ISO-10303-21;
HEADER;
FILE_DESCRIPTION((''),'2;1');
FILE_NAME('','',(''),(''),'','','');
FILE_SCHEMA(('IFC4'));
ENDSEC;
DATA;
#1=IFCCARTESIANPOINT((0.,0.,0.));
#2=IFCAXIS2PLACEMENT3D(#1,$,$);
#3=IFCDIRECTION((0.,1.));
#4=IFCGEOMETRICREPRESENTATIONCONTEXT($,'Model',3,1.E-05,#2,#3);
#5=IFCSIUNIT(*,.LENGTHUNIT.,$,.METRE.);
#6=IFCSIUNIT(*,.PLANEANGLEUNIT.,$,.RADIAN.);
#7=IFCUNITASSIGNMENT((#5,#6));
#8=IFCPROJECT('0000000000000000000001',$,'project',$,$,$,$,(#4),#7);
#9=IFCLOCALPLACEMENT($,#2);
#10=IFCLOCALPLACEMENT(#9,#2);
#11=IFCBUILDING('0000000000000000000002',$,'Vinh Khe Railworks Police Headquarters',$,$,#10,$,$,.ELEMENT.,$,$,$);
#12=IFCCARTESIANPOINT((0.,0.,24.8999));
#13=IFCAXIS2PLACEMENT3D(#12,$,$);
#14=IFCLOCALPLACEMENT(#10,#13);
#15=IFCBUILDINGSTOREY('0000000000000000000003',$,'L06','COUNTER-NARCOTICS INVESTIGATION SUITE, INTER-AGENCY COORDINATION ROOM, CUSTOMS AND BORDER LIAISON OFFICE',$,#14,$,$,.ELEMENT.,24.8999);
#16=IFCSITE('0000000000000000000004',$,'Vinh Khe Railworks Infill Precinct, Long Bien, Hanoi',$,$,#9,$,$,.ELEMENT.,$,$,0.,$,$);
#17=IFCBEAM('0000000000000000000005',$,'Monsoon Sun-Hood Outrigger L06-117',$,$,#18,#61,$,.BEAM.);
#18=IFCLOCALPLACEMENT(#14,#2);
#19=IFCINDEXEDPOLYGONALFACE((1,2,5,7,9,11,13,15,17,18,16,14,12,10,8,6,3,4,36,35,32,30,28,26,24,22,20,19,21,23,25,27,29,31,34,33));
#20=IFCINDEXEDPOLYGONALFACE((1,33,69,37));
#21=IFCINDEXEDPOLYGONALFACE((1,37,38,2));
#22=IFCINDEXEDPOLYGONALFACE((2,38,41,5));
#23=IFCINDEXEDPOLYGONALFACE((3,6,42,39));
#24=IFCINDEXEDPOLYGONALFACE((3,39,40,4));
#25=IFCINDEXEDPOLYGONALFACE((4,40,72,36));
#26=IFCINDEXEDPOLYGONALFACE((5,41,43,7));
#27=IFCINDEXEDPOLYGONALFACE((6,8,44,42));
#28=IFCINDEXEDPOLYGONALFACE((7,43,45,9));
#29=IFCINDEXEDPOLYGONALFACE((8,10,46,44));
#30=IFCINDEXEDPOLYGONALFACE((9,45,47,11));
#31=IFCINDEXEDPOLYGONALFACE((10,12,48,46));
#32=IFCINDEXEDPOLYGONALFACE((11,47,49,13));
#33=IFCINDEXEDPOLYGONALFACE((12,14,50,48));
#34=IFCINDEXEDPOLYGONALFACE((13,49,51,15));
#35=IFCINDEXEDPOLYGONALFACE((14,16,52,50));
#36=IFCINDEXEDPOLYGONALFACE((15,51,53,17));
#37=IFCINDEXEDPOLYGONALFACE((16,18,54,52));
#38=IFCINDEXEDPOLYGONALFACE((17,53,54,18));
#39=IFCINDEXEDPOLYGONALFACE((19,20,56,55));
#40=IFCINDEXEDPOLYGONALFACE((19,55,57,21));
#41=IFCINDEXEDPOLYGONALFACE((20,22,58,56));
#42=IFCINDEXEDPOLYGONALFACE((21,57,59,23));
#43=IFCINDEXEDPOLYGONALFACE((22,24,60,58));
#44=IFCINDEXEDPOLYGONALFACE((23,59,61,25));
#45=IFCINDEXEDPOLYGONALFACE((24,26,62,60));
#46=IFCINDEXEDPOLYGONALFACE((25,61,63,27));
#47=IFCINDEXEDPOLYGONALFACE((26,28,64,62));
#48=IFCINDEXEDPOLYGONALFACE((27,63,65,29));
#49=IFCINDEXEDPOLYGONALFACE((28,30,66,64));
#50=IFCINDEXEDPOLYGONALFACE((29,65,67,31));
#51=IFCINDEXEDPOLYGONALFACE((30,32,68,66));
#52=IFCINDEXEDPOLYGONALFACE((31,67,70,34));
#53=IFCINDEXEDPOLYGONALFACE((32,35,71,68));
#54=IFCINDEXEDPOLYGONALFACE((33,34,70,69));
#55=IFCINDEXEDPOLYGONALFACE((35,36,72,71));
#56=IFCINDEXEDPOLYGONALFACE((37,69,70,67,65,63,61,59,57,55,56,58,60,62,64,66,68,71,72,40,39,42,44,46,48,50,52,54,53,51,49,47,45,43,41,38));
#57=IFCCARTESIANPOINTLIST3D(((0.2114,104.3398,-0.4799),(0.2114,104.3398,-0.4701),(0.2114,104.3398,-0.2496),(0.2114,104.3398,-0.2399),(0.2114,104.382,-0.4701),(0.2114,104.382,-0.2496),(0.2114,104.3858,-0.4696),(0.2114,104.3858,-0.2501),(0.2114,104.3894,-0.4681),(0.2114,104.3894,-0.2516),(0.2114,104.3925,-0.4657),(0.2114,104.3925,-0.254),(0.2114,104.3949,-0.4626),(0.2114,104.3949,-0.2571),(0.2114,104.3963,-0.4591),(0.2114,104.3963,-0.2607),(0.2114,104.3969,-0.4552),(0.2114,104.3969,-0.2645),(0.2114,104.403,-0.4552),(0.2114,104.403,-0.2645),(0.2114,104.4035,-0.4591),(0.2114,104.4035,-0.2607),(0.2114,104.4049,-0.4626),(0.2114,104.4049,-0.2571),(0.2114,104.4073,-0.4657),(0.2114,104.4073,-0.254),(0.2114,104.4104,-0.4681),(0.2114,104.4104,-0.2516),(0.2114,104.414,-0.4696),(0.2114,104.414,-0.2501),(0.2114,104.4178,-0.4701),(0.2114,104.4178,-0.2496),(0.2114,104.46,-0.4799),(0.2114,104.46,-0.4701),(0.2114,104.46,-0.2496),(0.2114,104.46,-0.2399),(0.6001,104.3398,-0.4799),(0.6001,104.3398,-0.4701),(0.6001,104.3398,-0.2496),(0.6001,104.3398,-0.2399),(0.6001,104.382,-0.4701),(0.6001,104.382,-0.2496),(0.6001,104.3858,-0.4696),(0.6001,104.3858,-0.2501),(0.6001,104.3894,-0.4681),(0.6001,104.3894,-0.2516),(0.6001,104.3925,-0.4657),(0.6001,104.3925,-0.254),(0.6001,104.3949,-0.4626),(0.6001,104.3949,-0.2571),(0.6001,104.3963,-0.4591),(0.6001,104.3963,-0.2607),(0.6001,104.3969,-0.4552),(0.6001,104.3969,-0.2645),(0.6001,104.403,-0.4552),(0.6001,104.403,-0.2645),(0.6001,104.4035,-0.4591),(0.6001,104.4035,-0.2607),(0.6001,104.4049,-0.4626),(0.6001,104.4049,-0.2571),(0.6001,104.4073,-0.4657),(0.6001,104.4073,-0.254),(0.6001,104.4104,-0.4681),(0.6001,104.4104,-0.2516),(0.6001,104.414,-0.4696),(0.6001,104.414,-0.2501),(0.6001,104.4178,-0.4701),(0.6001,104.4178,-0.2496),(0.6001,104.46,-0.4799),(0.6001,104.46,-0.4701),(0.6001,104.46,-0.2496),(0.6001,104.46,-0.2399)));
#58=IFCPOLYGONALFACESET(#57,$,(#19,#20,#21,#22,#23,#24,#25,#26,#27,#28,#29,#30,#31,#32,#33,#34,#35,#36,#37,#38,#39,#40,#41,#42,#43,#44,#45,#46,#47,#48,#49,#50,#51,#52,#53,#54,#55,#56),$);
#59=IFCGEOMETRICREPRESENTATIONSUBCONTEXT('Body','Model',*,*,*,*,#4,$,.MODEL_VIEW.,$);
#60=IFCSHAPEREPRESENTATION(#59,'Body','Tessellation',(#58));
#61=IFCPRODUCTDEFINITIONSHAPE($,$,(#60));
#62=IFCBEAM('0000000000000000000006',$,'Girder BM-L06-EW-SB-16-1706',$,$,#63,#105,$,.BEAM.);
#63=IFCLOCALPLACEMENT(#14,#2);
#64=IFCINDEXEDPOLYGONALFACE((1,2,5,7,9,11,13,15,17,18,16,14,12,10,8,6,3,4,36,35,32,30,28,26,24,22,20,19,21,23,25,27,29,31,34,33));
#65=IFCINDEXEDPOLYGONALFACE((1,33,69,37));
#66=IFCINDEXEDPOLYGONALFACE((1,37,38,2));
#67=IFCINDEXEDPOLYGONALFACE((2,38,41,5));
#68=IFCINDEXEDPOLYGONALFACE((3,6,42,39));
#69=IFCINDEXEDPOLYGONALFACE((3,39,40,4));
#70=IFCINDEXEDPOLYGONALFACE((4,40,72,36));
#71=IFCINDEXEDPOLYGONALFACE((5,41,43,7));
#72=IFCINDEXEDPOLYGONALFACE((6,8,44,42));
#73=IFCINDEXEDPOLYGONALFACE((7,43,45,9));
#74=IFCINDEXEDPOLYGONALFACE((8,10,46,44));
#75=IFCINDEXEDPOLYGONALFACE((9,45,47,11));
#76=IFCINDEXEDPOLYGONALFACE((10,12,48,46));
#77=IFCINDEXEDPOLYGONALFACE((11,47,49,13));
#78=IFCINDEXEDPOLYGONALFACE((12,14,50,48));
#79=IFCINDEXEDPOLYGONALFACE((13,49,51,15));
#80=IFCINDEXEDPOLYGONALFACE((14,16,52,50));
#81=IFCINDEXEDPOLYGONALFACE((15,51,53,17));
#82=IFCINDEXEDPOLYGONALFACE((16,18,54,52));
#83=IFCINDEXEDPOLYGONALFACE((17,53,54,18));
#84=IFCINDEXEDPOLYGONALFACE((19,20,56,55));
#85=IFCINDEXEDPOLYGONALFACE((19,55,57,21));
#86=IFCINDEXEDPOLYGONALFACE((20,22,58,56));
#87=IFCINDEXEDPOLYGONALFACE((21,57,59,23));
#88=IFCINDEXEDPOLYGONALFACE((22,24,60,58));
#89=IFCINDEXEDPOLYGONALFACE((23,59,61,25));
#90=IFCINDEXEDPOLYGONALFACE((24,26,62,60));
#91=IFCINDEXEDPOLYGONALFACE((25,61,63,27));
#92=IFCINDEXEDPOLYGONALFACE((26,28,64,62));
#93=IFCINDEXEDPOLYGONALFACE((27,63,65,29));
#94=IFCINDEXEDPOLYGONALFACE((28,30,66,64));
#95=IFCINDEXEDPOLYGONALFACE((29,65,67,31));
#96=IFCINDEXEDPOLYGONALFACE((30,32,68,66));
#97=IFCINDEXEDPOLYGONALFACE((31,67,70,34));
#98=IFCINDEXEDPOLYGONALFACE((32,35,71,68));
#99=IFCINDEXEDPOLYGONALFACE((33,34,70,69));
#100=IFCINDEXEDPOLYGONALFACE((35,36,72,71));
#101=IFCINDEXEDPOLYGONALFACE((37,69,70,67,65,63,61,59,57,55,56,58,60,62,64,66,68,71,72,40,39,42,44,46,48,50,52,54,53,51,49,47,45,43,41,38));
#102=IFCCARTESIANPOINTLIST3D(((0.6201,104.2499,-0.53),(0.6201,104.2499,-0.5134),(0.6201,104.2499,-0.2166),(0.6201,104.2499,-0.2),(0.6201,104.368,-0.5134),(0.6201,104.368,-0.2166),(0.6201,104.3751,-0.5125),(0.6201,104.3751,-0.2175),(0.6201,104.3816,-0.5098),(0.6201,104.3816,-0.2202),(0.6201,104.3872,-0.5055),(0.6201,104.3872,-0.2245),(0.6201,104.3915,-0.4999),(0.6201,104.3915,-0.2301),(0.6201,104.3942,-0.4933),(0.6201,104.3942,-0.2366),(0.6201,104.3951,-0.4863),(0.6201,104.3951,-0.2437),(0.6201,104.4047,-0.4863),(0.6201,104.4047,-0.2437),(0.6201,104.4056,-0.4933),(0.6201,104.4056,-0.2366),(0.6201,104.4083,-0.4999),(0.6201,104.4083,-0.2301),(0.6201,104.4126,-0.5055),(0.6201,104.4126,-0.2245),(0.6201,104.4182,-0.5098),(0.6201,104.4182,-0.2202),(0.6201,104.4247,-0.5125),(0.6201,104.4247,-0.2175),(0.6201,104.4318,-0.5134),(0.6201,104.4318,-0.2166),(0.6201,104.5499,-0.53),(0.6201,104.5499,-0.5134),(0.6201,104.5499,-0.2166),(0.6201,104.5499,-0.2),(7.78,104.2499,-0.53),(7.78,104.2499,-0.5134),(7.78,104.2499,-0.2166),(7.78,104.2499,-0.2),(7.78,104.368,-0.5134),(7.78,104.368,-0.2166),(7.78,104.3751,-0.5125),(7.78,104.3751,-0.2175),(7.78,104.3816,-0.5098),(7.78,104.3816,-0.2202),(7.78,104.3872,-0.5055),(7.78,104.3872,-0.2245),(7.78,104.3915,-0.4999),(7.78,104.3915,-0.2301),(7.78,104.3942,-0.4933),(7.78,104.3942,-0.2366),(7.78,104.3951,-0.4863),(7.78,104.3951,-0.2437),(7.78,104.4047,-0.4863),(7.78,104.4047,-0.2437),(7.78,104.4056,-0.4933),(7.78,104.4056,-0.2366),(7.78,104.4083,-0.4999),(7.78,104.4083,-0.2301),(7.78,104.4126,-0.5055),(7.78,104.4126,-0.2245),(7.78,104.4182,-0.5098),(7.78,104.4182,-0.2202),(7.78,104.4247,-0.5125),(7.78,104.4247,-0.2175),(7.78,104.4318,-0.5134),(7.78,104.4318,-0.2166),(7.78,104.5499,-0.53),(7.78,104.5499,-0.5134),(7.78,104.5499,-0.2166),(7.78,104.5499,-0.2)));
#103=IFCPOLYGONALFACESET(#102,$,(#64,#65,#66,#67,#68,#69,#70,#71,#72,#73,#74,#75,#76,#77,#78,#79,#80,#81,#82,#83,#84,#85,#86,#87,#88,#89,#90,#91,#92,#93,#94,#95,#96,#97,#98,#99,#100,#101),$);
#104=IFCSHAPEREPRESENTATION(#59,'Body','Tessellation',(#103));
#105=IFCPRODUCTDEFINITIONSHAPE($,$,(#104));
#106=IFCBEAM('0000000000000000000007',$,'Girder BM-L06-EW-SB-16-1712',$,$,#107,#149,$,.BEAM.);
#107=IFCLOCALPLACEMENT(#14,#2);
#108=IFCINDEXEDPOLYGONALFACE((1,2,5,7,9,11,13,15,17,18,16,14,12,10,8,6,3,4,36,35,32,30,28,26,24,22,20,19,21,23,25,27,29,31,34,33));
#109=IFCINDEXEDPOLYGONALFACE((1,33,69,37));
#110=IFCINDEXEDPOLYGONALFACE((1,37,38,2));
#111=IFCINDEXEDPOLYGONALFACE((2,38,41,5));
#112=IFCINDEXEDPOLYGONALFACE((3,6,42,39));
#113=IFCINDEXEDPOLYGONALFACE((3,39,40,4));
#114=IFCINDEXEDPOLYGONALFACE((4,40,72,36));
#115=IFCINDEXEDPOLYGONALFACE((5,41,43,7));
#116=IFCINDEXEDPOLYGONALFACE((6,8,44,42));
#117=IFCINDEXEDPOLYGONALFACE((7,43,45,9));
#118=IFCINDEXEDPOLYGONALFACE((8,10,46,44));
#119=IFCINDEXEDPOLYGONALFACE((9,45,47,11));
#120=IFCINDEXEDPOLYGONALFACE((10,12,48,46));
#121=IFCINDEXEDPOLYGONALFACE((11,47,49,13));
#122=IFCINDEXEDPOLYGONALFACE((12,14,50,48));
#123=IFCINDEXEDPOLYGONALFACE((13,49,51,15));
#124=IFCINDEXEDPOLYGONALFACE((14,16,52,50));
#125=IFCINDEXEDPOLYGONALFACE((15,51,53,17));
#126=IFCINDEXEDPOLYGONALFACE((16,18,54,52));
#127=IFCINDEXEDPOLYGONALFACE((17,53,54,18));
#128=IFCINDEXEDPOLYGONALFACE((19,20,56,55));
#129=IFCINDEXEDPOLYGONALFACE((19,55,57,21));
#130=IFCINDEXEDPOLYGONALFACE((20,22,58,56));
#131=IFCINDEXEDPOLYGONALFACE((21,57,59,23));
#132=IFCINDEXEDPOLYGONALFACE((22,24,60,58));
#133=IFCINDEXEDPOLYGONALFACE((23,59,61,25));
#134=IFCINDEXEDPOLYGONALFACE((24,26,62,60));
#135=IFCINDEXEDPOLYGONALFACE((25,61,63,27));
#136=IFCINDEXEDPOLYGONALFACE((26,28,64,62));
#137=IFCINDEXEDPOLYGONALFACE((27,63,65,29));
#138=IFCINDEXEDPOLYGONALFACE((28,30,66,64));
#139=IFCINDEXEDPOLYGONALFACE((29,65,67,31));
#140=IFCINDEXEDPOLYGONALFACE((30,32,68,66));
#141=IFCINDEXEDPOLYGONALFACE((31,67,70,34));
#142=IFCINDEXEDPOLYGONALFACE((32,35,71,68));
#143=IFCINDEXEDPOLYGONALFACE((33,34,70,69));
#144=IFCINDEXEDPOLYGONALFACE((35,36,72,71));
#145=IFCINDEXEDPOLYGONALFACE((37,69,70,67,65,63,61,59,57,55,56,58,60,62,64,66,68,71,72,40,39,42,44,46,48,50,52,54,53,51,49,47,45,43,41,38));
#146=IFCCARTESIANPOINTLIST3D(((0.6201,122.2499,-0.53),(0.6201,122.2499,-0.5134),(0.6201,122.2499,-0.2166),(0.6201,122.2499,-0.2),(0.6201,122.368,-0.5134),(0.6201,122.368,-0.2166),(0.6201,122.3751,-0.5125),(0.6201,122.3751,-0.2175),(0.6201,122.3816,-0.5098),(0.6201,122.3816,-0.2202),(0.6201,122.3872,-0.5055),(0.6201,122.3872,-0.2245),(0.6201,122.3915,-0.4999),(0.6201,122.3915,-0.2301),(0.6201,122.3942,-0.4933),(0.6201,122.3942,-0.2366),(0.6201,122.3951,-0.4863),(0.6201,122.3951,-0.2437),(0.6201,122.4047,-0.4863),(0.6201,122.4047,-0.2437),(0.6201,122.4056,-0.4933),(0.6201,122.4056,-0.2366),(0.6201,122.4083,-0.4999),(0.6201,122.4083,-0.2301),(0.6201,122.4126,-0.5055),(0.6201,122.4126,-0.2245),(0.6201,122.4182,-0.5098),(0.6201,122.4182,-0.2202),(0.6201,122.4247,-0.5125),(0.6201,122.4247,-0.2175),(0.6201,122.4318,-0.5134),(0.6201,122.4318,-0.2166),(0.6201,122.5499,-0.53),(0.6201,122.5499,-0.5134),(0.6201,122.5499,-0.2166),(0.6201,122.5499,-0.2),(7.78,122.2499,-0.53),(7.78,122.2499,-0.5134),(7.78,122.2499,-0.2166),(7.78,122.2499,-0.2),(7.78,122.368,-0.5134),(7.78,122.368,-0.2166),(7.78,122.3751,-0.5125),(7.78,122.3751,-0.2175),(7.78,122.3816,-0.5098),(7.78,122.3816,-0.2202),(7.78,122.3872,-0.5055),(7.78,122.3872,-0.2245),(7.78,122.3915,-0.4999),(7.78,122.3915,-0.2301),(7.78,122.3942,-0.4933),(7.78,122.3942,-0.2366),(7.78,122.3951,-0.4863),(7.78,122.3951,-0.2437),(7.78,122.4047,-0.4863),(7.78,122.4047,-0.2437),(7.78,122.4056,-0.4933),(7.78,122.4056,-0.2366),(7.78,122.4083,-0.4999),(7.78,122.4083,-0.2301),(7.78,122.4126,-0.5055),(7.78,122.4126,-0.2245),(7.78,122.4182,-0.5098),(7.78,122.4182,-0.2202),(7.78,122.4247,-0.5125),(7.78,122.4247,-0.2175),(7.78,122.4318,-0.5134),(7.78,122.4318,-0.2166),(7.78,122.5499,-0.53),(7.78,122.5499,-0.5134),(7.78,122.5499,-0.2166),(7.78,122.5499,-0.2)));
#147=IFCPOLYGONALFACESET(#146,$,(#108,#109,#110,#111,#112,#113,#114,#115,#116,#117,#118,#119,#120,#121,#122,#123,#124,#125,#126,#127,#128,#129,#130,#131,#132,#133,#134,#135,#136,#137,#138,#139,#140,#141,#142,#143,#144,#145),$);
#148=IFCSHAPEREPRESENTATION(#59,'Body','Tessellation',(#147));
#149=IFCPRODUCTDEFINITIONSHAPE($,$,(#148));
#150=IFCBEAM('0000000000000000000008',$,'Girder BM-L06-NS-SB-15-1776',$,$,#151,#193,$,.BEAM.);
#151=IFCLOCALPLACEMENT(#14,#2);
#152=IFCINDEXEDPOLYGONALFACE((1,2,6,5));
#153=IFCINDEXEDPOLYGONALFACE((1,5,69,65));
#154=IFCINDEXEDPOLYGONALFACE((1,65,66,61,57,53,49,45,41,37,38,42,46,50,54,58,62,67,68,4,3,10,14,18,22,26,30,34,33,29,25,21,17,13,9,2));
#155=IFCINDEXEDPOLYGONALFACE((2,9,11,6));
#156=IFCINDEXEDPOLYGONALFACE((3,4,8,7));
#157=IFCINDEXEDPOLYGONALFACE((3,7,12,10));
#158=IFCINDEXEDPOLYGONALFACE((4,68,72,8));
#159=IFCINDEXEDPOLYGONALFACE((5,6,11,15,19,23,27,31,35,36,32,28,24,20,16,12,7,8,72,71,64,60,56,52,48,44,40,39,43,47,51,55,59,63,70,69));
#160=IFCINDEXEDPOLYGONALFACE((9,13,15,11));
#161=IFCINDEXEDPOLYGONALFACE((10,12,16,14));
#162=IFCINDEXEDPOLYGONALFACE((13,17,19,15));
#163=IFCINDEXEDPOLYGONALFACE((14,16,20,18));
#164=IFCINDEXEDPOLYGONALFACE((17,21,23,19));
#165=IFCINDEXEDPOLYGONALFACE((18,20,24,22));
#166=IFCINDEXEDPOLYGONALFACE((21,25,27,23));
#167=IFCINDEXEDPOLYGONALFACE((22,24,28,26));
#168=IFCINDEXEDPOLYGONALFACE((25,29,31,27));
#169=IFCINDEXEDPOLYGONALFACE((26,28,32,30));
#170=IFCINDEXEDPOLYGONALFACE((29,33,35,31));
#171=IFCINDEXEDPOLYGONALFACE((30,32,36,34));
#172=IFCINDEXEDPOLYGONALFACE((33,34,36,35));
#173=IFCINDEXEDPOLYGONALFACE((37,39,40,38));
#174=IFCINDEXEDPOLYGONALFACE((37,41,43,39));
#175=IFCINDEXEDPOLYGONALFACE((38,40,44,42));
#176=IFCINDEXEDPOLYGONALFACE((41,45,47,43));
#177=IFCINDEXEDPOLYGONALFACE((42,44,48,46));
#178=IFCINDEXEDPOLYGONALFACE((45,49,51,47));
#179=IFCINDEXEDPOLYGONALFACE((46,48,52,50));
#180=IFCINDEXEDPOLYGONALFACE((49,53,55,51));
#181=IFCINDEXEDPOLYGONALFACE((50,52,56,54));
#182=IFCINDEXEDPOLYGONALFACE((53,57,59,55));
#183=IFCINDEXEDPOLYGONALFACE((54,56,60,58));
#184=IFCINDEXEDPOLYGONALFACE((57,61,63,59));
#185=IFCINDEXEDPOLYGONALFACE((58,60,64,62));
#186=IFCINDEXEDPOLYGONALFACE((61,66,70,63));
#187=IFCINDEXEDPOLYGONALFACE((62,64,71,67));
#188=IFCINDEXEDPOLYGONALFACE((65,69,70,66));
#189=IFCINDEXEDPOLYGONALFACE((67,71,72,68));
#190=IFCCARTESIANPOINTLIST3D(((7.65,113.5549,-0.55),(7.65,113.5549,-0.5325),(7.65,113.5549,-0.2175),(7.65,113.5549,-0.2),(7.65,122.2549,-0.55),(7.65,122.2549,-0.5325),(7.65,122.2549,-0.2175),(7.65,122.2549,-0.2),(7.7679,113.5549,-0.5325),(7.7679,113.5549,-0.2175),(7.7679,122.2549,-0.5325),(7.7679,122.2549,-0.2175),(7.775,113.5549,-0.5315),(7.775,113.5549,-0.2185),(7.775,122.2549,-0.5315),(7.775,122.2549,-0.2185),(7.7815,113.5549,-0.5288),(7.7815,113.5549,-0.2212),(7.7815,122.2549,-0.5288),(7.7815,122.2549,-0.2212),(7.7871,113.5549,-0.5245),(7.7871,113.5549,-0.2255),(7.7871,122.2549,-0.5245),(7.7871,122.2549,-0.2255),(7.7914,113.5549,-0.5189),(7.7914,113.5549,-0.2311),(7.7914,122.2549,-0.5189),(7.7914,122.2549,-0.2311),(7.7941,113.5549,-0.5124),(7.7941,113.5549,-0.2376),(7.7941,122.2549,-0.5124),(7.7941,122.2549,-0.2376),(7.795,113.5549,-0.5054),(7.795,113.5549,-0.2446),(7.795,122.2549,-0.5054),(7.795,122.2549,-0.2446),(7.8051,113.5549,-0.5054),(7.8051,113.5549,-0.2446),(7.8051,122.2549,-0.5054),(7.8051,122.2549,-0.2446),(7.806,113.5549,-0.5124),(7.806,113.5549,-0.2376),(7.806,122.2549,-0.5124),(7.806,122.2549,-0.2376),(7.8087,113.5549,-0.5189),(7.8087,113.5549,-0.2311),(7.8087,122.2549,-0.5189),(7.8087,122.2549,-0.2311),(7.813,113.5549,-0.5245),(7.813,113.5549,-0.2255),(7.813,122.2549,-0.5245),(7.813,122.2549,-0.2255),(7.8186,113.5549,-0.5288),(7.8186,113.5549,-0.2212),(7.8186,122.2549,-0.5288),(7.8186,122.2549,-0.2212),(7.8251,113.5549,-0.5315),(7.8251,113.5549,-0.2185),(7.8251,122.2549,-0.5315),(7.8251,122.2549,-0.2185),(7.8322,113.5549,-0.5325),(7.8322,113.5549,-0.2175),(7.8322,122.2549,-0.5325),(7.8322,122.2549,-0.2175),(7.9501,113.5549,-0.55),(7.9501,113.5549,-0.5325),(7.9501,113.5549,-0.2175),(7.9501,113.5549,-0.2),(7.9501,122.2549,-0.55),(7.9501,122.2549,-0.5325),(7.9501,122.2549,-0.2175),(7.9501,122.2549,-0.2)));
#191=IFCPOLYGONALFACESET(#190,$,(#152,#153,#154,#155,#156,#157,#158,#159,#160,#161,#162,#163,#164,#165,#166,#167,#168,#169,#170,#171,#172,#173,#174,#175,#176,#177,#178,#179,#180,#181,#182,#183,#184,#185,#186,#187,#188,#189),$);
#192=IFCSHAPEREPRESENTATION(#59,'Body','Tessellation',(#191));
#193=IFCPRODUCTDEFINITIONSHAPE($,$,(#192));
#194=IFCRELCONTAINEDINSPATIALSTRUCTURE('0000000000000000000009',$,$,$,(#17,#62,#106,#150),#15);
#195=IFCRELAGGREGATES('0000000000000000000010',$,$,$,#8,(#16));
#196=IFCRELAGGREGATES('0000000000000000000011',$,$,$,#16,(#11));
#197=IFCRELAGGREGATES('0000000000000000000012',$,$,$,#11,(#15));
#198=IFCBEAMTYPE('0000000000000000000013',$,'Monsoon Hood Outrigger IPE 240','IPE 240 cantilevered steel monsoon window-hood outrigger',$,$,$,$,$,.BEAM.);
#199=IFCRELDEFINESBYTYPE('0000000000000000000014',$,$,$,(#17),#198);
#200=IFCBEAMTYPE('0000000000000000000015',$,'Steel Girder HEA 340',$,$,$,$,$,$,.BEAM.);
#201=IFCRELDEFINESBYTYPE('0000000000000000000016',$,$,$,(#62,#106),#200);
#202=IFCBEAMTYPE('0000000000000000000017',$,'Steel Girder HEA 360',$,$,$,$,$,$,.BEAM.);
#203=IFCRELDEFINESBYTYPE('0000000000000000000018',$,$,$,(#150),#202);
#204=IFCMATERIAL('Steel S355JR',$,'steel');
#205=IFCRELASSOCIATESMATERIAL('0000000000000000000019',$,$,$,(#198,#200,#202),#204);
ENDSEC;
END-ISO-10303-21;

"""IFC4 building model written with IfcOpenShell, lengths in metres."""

from ifc_helpers import new_model, si_unit, direction, frame, origin, origin_2d, place, context, subcontext, project, spatial, i_section, extrude, material, material_profile, profile_set, type_object, element, save


model = new_model("IFC4")

# Units and contexts
model_context = context("Model", 3, precision=1e-05, world=origin(), true_north=direction((0.0, 1.0)))
body_context = subcontext(model_context, "Body", "Model", "MODEL_VIEW")
ifc_project = project(units=[si_unit("LENGTHUNIT", "METRE"), si_unit("PLANEANGLEUNIT", "RADIAN")], contexts=[model_context])

# Site, building, storey
site_placement = place(None, origin())
site = spatial("IfcSite", under=ifc_project, at=site_placement, Name="Vinh Khe Railworks Infill Precinct, Long Bien, Hanoi", CompositionType="ELEMENT", RefElevation=0.0)
building_placement = place(site_placement, origin())
building = spatial("IfcBuilding", under=site, at=building_placement, Name="Vinh Khe Railworks Police Headquarters", CompositionType="ELEMENT")
storey_placement = place(building_placement, frame((0.0, 0.0, 24.8999)))
storey = spatial("IfcBuildingStorey", under=building, at=storey_placement, Name="L06", Description="COUNTER-NARCOTICS INVESTIGATION SUITE, INTER-AGENCY COORDINATION ROOM, CUSTOMS AND BORDER LIAISON OFFICE", CompositionType="ELEMENT", Elevation=24.8999)

# Shared definitions
ifc_material_1 = material(Name="Steel S355JR", Category="steel")

# Beams
ifc_material_profile_1 = material_profile(ifc_material_1, i_section(OverallWidth=0.1201, OverallDepth=0.24, WebThickness=0.0061, FlangeThickness=0.0098, FilletRadius=0.0149, at=origin_2d()), Name="IPE 240")
ifc_profile_set_1 = profile_set([ifc_material_profile_1], Name="Steel S355JR")
beam_type_1 = type_object("IfcBeamType", Name="Monsoon Hood Outrigger IPE 240", Description="IPE 240 cantilevered steel monsoon window-hood outrigger", PredefinedType="BEAM", material=ifc_profile_set_1)
beam_1_placement = place(storey_placement, frame((0.2114, 104.3999, -0.3599), z_axis=(1.0, 0.0, 0.0), x_axis=(0.0, 1.0, 0.0)))
element("IfcBeam", 1, at=beam_1_placement, inside=storey, type_object=beam_type_1, Name="Monsoon Sun-Hood Outrigger L06-117", PredefinedType="BEAM", context=body_context, shape_type="SweptSolid", body=[
    extrude(i_section(OverallWidth=0.1201, OverallDepth=0.24, WebThickness=0.0061, FlangeThickness=0.0098, FilletRadius=0.0149, at=origin_2d()), origin(), (0.0, 0.0, 1.0), 0.3887),
])
ifc_material_profile_2 = material_profile(ifc_material_1, i_section(OverallWidth=0.3, OverallDepth=0.3301, WebThickness=0.0095, FlangeThickness=0.0166, FilletRadius=0.0271, at=origin_2d()), Name="HEA 340")
ifc_profile_set_2 = profile_set([ifc_material_profile_2], Name="Steel S355JR")
beam_type_2 = type_object("IfcBeamType", Name="Steel Girder HEA 340", PredefinedType="BEAM", material=ifc_profile_set_2)
for number, where, z_axis, x_axis, name in (
    (2, (0.6201, 104.3999, -0.365), (1.0, 0.0, 0.0), (0.0, 1.0, 0.0), "Girder BM-L06-EW-SB-16-1706"),
    (3, (0.6201, 122.3999, -0.365), (1.0, 0.0, 0.0), (0.0, 1.0, 0.0), "Girder BM-L06-EW-SB-16-1712"),
):
    element("IfcBeam", number, at=place(storey_placement, frame(where, z_axis=z_axis, x_axis=x_axis)), inside=storey, type_object=beam_type_2, Name=name, PredefinedType="BEAM", context=body_context, shape_type="SweptSolid", body=[
        extrude(i_section(OverallWidth=0.3, OverallDepth=0.3301, WebThickness=0.0095, FlangeThickness=0.0166, FilletRadius=0.0271, at=origin_2d()), origin(), (0.0, 0.0, 1.0), 7.1599),
    ])
ifc_material_profile_3 = material_profile(ifc_material_1, i_section(OverallWidth=0.3, OverallDepth=0.3501, WebThickness=0.01, FlangeThickness=0.0176, FilletRadius=0.0271, at=origin_2d()), Name="HEA 360")
ifc_profile_set_3 = profile_set([ifc_material_profile_3], Name="Steel S355JR")
beam_type_3 = type_object("IfcBeamType", Name="Steel Girder HEA 360", PredefinedType="BEAM", material=ifc_profile_set_3)
beam_2_placement = place(storey_placement, frame((7.8, 113.5549, -0.375), z_axis=(0.0, 1.0, 0.0), x_axis=(-1.0, 0.0, 0.0)))
element("IfcBeam", 4, at=beam_2_placement, inside=storey, type_object=beam_type_3, Name="Girder BM-L06-NS-SB-15-1776", PredefinedType="BEAM", context=body_context, shape_type="SweptSolid", body=[
    extrude(i_section(OverallWidth=0.3, OverallDepth=0.3501, WebThickness=0.01, FlangeThickness=0.0176, FilletRadius=0.0271, at=origin_2d()), origin(), (0.0, 0.0, 1.0), 8.7),
])

save(model, "model.ifc")
